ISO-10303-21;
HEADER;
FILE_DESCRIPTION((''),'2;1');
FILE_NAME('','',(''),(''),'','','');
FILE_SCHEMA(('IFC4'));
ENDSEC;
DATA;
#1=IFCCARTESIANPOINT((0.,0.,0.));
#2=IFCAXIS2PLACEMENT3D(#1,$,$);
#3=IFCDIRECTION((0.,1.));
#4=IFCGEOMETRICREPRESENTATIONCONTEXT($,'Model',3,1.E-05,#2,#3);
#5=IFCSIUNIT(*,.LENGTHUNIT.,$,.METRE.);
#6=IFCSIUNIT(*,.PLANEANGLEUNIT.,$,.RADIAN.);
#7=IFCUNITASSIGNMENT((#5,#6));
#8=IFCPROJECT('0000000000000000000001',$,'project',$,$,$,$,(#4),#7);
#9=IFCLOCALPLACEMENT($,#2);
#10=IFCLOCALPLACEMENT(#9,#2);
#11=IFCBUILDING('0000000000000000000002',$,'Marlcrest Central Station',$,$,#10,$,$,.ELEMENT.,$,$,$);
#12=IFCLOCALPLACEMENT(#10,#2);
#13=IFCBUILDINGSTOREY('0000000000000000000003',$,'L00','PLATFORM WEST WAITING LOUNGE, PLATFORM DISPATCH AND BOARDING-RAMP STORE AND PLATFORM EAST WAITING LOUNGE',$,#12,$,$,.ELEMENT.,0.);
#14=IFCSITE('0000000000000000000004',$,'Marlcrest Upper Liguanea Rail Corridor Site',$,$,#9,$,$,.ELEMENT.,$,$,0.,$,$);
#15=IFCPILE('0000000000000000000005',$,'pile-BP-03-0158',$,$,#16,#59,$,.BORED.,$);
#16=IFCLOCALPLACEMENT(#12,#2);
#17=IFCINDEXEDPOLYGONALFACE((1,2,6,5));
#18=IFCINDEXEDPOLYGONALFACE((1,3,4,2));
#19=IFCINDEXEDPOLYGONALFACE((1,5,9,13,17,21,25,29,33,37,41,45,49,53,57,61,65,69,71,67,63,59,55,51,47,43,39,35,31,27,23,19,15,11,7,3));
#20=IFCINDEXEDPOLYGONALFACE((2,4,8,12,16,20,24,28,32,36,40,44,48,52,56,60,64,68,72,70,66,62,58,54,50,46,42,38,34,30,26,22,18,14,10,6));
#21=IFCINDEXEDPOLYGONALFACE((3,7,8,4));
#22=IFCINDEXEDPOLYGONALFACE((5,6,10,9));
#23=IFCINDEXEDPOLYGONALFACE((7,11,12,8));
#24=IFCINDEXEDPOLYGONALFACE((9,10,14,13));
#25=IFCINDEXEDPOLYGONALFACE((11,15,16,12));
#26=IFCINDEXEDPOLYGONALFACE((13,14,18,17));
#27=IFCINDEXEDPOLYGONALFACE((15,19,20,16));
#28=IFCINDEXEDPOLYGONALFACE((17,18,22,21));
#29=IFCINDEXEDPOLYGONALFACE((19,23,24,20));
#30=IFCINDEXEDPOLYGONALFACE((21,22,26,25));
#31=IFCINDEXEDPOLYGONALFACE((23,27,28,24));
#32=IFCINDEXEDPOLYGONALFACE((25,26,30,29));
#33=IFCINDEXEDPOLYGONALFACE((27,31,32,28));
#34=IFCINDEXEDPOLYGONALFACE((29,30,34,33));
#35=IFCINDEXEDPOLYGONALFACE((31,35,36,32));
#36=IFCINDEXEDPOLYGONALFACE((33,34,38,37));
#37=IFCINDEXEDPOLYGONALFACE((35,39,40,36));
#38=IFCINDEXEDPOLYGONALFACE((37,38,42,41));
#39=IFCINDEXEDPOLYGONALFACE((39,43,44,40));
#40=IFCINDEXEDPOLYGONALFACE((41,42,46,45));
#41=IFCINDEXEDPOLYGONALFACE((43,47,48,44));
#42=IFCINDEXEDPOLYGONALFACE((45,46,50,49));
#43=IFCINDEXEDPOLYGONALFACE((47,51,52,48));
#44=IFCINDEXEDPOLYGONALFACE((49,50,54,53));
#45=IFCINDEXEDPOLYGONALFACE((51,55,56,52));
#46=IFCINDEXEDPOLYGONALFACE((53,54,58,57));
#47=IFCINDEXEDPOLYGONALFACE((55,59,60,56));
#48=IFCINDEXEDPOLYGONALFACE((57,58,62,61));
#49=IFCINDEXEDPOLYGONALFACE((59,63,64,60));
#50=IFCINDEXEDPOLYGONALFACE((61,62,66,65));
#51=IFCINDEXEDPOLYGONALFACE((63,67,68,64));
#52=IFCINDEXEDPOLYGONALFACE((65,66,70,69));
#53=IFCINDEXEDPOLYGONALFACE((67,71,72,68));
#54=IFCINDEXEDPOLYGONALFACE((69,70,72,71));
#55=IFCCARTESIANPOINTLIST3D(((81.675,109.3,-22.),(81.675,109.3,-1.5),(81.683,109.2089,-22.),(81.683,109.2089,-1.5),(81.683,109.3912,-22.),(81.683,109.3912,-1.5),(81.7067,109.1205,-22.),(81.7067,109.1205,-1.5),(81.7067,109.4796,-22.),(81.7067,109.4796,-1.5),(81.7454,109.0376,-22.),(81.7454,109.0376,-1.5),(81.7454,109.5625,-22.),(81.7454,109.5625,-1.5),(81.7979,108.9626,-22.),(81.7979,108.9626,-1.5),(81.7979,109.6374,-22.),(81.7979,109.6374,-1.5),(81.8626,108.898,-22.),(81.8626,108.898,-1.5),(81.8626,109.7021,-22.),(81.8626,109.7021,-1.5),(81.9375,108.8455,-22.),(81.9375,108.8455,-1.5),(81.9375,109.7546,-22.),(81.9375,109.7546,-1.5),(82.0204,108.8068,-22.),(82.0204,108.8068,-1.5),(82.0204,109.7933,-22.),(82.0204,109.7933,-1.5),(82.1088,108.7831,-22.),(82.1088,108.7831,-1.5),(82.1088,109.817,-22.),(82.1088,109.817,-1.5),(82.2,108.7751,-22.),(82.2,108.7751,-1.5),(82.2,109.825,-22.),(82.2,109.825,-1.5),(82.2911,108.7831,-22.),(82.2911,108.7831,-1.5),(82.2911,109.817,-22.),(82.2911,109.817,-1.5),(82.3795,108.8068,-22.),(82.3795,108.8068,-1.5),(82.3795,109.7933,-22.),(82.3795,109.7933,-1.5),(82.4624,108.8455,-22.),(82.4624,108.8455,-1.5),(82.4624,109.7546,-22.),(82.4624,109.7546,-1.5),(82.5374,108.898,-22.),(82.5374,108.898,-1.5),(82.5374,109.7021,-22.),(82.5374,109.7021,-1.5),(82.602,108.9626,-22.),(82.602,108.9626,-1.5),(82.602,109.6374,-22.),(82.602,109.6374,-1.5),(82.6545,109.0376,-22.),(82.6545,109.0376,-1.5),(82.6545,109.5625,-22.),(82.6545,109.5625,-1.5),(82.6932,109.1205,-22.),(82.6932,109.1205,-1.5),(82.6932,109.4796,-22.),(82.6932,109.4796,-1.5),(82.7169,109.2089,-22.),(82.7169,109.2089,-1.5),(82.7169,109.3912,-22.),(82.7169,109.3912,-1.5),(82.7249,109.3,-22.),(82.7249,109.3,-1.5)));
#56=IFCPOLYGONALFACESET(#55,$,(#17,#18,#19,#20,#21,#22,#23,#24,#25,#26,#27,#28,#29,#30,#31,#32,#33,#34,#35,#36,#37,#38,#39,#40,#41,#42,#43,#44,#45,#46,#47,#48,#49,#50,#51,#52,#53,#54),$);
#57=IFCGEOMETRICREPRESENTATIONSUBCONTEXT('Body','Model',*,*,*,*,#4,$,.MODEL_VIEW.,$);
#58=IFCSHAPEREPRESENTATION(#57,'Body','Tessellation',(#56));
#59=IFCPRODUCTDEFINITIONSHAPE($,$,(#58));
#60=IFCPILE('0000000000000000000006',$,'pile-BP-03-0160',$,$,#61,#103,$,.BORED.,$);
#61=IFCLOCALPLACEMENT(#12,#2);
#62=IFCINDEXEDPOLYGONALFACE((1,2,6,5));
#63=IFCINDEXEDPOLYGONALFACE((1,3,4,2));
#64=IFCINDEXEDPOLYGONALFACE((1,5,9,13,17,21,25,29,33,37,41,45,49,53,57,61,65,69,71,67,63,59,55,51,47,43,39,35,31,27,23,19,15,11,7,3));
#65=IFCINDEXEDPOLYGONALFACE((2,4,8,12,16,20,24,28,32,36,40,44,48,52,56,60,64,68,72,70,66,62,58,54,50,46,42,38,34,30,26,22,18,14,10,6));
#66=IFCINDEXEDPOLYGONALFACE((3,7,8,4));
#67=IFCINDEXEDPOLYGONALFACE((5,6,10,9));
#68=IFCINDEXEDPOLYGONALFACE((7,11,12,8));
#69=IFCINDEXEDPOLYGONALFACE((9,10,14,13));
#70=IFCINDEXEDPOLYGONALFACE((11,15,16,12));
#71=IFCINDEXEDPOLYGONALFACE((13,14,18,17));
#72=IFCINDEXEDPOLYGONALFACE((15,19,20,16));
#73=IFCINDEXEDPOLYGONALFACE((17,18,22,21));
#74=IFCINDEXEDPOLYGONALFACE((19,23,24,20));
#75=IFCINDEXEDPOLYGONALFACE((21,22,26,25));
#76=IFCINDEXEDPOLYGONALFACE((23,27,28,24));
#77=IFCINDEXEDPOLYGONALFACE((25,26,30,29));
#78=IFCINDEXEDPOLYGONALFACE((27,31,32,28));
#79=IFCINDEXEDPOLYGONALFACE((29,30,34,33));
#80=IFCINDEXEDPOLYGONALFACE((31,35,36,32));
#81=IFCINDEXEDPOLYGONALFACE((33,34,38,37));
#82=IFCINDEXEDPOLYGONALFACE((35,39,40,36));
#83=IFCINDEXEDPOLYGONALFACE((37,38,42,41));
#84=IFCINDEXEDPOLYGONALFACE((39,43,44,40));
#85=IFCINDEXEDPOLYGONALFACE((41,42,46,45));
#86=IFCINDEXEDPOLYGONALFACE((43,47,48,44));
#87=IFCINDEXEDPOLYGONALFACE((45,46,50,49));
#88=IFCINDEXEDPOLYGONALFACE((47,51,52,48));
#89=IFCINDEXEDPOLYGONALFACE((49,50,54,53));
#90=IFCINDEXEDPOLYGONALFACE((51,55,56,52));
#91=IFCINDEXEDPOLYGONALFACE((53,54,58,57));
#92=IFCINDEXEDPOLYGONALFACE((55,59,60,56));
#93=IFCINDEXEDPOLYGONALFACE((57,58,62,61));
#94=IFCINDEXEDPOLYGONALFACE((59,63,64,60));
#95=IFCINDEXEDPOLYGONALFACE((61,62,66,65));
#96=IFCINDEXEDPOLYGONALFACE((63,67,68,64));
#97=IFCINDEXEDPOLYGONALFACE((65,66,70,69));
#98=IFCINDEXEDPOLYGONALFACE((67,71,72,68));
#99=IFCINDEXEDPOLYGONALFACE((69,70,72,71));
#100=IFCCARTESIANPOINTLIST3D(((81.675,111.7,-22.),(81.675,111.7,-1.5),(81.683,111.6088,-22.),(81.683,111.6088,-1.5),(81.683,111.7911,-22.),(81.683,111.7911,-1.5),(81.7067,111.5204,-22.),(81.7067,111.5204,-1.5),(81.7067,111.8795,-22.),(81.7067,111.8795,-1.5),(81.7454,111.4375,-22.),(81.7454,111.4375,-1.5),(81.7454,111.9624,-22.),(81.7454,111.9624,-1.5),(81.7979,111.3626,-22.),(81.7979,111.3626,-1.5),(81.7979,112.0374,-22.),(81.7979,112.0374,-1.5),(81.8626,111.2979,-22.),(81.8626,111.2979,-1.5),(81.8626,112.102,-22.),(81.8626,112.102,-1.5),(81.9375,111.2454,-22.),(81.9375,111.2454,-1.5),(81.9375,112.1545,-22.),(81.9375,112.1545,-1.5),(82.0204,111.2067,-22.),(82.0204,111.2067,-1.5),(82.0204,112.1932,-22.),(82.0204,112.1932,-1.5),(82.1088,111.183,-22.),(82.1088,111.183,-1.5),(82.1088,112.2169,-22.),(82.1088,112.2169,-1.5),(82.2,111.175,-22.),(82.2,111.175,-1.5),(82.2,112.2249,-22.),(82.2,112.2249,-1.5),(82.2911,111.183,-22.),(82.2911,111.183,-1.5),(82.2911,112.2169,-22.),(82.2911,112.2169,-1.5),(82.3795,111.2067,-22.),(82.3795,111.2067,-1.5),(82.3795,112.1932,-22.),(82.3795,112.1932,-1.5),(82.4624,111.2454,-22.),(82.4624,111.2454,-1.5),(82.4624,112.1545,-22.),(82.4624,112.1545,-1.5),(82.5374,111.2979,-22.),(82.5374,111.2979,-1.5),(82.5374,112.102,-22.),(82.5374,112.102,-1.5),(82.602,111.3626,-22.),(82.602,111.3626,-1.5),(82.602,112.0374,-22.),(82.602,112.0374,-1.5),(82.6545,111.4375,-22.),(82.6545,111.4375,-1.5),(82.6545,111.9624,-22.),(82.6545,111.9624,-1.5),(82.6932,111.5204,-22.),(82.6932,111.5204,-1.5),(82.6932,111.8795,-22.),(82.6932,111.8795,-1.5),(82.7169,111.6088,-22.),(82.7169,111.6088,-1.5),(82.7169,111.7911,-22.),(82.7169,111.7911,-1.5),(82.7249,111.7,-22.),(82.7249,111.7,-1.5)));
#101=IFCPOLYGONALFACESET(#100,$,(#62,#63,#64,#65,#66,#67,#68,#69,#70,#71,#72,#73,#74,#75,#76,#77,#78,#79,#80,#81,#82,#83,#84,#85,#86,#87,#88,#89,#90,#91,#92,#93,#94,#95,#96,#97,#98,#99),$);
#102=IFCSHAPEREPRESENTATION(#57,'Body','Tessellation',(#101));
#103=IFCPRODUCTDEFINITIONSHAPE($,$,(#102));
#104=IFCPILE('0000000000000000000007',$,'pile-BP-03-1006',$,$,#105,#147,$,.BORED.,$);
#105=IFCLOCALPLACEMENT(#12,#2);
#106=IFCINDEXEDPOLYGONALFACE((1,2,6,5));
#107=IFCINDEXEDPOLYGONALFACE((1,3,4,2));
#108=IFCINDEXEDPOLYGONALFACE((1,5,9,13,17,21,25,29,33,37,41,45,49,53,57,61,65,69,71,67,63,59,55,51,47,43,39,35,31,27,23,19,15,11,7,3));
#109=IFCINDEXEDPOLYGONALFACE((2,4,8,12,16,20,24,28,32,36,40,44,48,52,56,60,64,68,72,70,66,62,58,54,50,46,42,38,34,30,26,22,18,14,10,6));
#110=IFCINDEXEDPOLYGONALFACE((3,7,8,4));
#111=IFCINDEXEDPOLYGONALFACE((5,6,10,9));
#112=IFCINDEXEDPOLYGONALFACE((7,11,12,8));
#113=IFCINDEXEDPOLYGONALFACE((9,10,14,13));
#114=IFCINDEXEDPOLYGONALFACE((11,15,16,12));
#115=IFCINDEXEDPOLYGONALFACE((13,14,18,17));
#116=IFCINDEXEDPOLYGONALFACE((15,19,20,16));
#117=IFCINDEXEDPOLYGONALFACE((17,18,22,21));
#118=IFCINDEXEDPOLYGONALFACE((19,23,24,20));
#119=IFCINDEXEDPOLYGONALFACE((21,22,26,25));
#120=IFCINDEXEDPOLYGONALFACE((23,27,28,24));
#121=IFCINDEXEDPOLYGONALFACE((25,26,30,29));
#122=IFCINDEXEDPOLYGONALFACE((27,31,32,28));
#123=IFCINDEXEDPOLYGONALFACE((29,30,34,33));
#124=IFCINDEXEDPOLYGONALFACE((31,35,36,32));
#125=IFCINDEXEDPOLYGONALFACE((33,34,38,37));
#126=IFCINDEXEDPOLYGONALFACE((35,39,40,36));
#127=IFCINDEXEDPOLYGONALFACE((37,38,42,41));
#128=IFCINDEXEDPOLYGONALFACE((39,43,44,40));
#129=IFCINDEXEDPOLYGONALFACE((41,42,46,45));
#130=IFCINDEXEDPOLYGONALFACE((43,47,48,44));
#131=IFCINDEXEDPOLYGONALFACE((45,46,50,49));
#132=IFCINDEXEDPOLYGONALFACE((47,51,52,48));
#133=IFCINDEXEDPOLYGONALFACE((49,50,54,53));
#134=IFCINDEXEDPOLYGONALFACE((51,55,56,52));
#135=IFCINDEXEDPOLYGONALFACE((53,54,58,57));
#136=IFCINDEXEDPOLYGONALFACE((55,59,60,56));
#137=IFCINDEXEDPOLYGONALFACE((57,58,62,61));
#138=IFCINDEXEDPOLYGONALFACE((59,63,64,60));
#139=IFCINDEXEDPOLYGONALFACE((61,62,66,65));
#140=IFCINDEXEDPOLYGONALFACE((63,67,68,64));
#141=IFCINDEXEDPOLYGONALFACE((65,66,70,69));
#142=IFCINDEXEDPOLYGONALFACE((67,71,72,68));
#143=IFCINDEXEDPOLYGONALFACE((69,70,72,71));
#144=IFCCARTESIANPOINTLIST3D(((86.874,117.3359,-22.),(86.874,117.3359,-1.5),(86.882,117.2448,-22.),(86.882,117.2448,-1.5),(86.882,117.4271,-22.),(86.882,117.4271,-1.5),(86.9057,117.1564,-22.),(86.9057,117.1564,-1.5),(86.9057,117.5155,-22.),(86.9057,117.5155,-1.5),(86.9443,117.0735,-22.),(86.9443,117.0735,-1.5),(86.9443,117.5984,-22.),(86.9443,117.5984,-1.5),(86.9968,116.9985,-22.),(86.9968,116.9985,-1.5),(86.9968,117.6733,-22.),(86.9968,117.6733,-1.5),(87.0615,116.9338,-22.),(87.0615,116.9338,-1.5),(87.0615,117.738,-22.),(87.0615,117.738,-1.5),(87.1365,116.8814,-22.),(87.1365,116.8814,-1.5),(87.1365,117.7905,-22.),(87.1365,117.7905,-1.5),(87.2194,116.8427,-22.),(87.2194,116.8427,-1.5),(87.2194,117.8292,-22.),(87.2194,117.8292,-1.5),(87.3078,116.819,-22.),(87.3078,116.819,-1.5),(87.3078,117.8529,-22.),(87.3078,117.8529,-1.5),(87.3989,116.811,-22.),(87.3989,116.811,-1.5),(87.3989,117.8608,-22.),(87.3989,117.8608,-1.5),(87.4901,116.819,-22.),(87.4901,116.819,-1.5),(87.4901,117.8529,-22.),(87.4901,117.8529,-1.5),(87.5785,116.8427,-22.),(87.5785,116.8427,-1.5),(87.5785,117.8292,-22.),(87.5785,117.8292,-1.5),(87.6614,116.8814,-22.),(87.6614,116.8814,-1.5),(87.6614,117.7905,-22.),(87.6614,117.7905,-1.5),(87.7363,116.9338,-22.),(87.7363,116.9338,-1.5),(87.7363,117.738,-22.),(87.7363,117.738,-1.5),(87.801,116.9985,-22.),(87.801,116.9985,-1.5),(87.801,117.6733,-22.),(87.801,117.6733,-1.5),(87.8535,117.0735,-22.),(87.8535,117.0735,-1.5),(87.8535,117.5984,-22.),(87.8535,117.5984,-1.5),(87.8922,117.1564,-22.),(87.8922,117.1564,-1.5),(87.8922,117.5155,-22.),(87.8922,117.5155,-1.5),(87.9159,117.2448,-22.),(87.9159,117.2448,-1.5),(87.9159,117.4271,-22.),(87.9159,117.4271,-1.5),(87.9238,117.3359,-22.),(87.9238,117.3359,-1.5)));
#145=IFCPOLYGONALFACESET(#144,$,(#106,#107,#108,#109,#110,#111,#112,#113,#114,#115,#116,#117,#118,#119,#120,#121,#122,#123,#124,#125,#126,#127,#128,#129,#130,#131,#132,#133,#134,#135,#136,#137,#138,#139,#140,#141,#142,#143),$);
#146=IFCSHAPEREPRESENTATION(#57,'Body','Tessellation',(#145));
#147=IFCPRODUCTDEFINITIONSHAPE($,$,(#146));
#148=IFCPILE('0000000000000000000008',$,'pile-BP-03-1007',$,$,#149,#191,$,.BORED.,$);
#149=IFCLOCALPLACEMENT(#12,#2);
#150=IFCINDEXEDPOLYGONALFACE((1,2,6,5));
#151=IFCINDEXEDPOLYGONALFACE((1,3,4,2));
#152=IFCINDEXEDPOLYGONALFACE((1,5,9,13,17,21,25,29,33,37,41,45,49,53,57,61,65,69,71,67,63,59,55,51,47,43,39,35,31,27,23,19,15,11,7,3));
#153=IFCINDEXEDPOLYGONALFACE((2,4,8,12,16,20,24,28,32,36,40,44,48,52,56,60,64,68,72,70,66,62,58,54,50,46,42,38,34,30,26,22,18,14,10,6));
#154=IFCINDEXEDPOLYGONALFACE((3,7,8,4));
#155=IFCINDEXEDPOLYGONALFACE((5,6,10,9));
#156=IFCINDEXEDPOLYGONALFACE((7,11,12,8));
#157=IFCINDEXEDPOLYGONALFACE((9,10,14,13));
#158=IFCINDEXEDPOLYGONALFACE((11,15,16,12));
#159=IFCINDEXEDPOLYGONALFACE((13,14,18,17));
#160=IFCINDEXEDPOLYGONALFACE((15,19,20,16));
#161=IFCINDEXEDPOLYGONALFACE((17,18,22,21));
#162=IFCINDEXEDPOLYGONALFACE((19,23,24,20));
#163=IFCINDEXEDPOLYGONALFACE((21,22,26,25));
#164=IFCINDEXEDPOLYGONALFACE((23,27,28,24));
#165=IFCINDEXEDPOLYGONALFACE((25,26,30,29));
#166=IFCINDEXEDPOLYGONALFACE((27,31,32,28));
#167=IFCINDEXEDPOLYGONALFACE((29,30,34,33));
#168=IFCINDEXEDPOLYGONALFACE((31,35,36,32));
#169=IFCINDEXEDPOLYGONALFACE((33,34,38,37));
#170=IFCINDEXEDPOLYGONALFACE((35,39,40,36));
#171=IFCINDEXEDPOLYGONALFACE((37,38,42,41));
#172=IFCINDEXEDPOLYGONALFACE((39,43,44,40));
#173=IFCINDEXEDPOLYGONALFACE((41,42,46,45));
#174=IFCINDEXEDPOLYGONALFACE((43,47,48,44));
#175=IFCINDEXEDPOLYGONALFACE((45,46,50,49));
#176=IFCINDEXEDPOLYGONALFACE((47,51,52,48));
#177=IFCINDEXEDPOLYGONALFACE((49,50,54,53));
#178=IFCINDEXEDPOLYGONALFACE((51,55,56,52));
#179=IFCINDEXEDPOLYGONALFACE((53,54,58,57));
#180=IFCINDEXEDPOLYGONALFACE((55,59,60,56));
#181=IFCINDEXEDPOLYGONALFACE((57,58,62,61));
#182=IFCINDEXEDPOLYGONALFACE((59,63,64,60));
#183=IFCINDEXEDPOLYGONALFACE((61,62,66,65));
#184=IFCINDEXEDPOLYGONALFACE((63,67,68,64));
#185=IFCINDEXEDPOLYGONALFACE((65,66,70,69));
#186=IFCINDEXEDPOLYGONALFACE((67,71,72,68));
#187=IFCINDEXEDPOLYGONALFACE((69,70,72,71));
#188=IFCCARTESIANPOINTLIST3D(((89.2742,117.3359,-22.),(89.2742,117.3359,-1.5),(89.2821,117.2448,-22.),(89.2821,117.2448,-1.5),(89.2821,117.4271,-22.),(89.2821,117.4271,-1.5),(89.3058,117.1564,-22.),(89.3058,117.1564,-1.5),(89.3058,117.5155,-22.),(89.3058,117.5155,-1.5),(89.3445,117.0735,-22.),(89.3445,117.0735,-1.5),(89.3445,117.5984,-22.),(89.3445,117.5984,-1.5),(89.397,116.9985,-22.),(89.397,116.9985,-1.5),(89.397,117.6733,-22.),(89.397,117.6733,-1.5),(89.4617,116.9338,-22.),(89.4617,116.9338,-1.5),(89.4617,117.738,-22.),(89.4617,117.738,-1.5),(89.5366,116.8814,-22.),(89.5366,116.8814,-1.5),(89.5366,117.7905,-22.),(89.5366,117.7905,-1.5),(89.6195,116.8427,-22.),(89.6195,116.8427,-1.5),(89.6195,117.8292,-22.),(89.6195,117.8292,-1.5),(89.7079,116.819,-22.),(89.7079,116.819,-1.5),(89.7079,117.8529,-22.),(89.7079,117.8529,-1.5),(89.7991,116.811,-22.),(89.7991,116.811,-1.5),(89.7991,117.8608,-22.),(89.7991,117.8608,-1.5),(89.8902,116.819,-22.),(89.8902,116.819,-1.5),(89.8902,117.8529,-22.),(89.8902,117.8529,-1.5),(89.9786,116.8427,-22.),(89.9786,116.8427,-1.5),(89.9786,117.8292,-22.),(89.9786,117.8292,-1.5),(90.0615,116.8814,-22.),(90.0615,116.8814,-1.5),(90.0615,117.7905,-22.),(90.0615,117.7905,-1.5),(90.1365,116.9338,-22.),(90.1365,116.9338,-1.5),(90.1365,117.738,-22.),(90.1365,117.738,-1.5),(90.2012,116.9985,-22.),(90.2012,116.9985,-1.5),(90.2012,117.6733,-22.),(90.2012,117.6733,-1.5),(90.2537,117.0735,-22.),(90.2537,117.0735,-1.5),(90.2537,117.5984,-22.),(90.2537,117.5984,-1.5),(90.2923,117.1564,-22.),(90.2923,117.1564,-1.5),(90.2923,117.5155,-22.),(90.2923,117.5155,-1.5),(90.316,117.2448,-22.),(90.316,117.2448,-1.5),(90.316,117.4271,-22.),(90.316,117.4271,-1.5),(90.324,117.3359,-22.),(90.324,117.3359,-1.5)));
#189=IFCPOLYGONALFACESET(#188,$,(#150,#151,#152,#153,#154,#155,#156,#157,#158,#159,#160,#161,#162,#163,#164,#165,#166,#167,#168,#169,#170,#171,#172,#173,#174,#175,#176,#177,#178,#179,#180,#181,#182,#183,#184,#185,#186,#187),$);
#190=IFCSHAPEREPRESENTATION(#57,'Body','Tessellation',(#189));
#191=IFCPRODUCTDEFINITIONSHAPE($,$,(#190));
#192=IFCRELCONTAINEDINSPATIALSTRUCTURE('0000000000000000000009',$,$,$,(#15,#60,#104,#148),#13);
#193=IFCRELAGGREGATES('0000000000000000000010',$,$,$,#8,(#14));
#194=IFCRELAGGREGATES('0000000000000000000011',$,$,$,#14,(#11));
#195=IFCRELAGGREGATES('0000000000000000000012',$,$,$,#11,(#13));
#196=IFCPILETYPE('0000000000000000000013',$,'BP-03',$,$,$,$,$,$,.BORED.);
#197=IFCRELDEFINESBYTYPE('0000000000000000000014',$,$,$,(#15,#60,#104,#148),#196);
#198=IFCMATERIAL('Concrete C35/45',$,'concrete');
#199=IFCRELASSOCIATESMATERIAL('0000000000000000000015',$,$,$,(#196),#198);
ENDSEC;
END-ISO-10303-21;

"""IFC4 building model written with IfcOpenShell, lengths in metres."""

from ifc_helpers import new_model, si_unit, direction, frame, origin, origin_2d, place, context, subcontext, project, spatial, circle, extrude, material, material_profile, profile_set, type_object, element, save


model = new_model("IFC4")

# Units and contexts
model_context = context("Model", 3, precision=1e-05, world=origin(), true_north=direction((0.0, 1.0)))
body_context = subcontext(model_context, "Body", "Model", "MODEL_VIEW")
ifc_project = project(units=[si_unit("LENGTHUNIT", "METRE"), si_unit("PLANEANGLEUNIT", "RADIAN")], contexts=[model_context])

# Site, building, storey
site_placement = place(None, origin())
site = spatial("IfcSite", under=ifc_project, at=site_placement, Name="Marlcrest Upper Liguanea Rail Corridor Site", CompositionType="ELEMENT", RefElevation=0.0)
building_placement = place(site_placement, origin())
building = spatial("IfcBuilding", under=site, at=building_placement, Name="Marlcrest Central Station", CompositionType="ELEMENT")
storey_placement = place(building_placement, origin())
storey = spatial("IfcBuildingStorey", under=building, at=storey_placement, Name="L00", Description="PLATFORM WEST WAITING LOUNGE, PLATFORM DISPATCH AND BOARDING-RAMP STORE AND PLATFORM EAST WAITING LOUNGE", CompositionType="ELEMENT", Elevation=0.0)

# Piles
ifc_material_1 = material(Name="Concrete C35/45", Category="concrete")
ifc_material_profile_1 = material_profile(ifc_material_1, circle(Radius=0.5249, at=origin_2d()), Name="PILE D1050")
ifc_profile_set_1 = profile_set([ifc_material_profile_1], Name="Concrete C35/45")
pile_type_1 = type_object("IfcPileType", Name="BP-03", PredefinedType="BORED", material=ifc_profile_set_1)
for number, where, z_axis, x_axis, name in (
    (1, (82.2, 109.3, -1.5), (0.0, 0.0, -1.0), (1.0, 0.0, 0.0), "pile-BP-03-0158"),
    (2, (82.2, 111.7, -1.5), (0.0, 0.0, -1.0), (1.0, 0.0, 0.0), "pile-BP-03-0160"),
    (3, (87.3989, 117.3359, -1.5), (0.0, 0.0, -1.0), (1.0, 0.0, 0.0), "pile-BP-03-1006"),
    (4, (89.7991, 117.3359, -1.5), (0.0, 0.0, -1.0), (1.0, 0.0, 0.0), "pile-BP-03-1007"),
):
    element("IfcPile", number, at=place(storey_placement, frame(where, z_axis=z_axis, x_axis=x_axis)), inside=storey, type_object=pile_type_1, Name=name, PredefinedType="BORED", context=body_context, shape_type="SweptSolid", body=[
        extrude(circle(Radius=0.5249, at=origin_2d()), origin(), (0.0, 0.0, 1.0), 20.5),
    ])

save(model, "model.ifc")
